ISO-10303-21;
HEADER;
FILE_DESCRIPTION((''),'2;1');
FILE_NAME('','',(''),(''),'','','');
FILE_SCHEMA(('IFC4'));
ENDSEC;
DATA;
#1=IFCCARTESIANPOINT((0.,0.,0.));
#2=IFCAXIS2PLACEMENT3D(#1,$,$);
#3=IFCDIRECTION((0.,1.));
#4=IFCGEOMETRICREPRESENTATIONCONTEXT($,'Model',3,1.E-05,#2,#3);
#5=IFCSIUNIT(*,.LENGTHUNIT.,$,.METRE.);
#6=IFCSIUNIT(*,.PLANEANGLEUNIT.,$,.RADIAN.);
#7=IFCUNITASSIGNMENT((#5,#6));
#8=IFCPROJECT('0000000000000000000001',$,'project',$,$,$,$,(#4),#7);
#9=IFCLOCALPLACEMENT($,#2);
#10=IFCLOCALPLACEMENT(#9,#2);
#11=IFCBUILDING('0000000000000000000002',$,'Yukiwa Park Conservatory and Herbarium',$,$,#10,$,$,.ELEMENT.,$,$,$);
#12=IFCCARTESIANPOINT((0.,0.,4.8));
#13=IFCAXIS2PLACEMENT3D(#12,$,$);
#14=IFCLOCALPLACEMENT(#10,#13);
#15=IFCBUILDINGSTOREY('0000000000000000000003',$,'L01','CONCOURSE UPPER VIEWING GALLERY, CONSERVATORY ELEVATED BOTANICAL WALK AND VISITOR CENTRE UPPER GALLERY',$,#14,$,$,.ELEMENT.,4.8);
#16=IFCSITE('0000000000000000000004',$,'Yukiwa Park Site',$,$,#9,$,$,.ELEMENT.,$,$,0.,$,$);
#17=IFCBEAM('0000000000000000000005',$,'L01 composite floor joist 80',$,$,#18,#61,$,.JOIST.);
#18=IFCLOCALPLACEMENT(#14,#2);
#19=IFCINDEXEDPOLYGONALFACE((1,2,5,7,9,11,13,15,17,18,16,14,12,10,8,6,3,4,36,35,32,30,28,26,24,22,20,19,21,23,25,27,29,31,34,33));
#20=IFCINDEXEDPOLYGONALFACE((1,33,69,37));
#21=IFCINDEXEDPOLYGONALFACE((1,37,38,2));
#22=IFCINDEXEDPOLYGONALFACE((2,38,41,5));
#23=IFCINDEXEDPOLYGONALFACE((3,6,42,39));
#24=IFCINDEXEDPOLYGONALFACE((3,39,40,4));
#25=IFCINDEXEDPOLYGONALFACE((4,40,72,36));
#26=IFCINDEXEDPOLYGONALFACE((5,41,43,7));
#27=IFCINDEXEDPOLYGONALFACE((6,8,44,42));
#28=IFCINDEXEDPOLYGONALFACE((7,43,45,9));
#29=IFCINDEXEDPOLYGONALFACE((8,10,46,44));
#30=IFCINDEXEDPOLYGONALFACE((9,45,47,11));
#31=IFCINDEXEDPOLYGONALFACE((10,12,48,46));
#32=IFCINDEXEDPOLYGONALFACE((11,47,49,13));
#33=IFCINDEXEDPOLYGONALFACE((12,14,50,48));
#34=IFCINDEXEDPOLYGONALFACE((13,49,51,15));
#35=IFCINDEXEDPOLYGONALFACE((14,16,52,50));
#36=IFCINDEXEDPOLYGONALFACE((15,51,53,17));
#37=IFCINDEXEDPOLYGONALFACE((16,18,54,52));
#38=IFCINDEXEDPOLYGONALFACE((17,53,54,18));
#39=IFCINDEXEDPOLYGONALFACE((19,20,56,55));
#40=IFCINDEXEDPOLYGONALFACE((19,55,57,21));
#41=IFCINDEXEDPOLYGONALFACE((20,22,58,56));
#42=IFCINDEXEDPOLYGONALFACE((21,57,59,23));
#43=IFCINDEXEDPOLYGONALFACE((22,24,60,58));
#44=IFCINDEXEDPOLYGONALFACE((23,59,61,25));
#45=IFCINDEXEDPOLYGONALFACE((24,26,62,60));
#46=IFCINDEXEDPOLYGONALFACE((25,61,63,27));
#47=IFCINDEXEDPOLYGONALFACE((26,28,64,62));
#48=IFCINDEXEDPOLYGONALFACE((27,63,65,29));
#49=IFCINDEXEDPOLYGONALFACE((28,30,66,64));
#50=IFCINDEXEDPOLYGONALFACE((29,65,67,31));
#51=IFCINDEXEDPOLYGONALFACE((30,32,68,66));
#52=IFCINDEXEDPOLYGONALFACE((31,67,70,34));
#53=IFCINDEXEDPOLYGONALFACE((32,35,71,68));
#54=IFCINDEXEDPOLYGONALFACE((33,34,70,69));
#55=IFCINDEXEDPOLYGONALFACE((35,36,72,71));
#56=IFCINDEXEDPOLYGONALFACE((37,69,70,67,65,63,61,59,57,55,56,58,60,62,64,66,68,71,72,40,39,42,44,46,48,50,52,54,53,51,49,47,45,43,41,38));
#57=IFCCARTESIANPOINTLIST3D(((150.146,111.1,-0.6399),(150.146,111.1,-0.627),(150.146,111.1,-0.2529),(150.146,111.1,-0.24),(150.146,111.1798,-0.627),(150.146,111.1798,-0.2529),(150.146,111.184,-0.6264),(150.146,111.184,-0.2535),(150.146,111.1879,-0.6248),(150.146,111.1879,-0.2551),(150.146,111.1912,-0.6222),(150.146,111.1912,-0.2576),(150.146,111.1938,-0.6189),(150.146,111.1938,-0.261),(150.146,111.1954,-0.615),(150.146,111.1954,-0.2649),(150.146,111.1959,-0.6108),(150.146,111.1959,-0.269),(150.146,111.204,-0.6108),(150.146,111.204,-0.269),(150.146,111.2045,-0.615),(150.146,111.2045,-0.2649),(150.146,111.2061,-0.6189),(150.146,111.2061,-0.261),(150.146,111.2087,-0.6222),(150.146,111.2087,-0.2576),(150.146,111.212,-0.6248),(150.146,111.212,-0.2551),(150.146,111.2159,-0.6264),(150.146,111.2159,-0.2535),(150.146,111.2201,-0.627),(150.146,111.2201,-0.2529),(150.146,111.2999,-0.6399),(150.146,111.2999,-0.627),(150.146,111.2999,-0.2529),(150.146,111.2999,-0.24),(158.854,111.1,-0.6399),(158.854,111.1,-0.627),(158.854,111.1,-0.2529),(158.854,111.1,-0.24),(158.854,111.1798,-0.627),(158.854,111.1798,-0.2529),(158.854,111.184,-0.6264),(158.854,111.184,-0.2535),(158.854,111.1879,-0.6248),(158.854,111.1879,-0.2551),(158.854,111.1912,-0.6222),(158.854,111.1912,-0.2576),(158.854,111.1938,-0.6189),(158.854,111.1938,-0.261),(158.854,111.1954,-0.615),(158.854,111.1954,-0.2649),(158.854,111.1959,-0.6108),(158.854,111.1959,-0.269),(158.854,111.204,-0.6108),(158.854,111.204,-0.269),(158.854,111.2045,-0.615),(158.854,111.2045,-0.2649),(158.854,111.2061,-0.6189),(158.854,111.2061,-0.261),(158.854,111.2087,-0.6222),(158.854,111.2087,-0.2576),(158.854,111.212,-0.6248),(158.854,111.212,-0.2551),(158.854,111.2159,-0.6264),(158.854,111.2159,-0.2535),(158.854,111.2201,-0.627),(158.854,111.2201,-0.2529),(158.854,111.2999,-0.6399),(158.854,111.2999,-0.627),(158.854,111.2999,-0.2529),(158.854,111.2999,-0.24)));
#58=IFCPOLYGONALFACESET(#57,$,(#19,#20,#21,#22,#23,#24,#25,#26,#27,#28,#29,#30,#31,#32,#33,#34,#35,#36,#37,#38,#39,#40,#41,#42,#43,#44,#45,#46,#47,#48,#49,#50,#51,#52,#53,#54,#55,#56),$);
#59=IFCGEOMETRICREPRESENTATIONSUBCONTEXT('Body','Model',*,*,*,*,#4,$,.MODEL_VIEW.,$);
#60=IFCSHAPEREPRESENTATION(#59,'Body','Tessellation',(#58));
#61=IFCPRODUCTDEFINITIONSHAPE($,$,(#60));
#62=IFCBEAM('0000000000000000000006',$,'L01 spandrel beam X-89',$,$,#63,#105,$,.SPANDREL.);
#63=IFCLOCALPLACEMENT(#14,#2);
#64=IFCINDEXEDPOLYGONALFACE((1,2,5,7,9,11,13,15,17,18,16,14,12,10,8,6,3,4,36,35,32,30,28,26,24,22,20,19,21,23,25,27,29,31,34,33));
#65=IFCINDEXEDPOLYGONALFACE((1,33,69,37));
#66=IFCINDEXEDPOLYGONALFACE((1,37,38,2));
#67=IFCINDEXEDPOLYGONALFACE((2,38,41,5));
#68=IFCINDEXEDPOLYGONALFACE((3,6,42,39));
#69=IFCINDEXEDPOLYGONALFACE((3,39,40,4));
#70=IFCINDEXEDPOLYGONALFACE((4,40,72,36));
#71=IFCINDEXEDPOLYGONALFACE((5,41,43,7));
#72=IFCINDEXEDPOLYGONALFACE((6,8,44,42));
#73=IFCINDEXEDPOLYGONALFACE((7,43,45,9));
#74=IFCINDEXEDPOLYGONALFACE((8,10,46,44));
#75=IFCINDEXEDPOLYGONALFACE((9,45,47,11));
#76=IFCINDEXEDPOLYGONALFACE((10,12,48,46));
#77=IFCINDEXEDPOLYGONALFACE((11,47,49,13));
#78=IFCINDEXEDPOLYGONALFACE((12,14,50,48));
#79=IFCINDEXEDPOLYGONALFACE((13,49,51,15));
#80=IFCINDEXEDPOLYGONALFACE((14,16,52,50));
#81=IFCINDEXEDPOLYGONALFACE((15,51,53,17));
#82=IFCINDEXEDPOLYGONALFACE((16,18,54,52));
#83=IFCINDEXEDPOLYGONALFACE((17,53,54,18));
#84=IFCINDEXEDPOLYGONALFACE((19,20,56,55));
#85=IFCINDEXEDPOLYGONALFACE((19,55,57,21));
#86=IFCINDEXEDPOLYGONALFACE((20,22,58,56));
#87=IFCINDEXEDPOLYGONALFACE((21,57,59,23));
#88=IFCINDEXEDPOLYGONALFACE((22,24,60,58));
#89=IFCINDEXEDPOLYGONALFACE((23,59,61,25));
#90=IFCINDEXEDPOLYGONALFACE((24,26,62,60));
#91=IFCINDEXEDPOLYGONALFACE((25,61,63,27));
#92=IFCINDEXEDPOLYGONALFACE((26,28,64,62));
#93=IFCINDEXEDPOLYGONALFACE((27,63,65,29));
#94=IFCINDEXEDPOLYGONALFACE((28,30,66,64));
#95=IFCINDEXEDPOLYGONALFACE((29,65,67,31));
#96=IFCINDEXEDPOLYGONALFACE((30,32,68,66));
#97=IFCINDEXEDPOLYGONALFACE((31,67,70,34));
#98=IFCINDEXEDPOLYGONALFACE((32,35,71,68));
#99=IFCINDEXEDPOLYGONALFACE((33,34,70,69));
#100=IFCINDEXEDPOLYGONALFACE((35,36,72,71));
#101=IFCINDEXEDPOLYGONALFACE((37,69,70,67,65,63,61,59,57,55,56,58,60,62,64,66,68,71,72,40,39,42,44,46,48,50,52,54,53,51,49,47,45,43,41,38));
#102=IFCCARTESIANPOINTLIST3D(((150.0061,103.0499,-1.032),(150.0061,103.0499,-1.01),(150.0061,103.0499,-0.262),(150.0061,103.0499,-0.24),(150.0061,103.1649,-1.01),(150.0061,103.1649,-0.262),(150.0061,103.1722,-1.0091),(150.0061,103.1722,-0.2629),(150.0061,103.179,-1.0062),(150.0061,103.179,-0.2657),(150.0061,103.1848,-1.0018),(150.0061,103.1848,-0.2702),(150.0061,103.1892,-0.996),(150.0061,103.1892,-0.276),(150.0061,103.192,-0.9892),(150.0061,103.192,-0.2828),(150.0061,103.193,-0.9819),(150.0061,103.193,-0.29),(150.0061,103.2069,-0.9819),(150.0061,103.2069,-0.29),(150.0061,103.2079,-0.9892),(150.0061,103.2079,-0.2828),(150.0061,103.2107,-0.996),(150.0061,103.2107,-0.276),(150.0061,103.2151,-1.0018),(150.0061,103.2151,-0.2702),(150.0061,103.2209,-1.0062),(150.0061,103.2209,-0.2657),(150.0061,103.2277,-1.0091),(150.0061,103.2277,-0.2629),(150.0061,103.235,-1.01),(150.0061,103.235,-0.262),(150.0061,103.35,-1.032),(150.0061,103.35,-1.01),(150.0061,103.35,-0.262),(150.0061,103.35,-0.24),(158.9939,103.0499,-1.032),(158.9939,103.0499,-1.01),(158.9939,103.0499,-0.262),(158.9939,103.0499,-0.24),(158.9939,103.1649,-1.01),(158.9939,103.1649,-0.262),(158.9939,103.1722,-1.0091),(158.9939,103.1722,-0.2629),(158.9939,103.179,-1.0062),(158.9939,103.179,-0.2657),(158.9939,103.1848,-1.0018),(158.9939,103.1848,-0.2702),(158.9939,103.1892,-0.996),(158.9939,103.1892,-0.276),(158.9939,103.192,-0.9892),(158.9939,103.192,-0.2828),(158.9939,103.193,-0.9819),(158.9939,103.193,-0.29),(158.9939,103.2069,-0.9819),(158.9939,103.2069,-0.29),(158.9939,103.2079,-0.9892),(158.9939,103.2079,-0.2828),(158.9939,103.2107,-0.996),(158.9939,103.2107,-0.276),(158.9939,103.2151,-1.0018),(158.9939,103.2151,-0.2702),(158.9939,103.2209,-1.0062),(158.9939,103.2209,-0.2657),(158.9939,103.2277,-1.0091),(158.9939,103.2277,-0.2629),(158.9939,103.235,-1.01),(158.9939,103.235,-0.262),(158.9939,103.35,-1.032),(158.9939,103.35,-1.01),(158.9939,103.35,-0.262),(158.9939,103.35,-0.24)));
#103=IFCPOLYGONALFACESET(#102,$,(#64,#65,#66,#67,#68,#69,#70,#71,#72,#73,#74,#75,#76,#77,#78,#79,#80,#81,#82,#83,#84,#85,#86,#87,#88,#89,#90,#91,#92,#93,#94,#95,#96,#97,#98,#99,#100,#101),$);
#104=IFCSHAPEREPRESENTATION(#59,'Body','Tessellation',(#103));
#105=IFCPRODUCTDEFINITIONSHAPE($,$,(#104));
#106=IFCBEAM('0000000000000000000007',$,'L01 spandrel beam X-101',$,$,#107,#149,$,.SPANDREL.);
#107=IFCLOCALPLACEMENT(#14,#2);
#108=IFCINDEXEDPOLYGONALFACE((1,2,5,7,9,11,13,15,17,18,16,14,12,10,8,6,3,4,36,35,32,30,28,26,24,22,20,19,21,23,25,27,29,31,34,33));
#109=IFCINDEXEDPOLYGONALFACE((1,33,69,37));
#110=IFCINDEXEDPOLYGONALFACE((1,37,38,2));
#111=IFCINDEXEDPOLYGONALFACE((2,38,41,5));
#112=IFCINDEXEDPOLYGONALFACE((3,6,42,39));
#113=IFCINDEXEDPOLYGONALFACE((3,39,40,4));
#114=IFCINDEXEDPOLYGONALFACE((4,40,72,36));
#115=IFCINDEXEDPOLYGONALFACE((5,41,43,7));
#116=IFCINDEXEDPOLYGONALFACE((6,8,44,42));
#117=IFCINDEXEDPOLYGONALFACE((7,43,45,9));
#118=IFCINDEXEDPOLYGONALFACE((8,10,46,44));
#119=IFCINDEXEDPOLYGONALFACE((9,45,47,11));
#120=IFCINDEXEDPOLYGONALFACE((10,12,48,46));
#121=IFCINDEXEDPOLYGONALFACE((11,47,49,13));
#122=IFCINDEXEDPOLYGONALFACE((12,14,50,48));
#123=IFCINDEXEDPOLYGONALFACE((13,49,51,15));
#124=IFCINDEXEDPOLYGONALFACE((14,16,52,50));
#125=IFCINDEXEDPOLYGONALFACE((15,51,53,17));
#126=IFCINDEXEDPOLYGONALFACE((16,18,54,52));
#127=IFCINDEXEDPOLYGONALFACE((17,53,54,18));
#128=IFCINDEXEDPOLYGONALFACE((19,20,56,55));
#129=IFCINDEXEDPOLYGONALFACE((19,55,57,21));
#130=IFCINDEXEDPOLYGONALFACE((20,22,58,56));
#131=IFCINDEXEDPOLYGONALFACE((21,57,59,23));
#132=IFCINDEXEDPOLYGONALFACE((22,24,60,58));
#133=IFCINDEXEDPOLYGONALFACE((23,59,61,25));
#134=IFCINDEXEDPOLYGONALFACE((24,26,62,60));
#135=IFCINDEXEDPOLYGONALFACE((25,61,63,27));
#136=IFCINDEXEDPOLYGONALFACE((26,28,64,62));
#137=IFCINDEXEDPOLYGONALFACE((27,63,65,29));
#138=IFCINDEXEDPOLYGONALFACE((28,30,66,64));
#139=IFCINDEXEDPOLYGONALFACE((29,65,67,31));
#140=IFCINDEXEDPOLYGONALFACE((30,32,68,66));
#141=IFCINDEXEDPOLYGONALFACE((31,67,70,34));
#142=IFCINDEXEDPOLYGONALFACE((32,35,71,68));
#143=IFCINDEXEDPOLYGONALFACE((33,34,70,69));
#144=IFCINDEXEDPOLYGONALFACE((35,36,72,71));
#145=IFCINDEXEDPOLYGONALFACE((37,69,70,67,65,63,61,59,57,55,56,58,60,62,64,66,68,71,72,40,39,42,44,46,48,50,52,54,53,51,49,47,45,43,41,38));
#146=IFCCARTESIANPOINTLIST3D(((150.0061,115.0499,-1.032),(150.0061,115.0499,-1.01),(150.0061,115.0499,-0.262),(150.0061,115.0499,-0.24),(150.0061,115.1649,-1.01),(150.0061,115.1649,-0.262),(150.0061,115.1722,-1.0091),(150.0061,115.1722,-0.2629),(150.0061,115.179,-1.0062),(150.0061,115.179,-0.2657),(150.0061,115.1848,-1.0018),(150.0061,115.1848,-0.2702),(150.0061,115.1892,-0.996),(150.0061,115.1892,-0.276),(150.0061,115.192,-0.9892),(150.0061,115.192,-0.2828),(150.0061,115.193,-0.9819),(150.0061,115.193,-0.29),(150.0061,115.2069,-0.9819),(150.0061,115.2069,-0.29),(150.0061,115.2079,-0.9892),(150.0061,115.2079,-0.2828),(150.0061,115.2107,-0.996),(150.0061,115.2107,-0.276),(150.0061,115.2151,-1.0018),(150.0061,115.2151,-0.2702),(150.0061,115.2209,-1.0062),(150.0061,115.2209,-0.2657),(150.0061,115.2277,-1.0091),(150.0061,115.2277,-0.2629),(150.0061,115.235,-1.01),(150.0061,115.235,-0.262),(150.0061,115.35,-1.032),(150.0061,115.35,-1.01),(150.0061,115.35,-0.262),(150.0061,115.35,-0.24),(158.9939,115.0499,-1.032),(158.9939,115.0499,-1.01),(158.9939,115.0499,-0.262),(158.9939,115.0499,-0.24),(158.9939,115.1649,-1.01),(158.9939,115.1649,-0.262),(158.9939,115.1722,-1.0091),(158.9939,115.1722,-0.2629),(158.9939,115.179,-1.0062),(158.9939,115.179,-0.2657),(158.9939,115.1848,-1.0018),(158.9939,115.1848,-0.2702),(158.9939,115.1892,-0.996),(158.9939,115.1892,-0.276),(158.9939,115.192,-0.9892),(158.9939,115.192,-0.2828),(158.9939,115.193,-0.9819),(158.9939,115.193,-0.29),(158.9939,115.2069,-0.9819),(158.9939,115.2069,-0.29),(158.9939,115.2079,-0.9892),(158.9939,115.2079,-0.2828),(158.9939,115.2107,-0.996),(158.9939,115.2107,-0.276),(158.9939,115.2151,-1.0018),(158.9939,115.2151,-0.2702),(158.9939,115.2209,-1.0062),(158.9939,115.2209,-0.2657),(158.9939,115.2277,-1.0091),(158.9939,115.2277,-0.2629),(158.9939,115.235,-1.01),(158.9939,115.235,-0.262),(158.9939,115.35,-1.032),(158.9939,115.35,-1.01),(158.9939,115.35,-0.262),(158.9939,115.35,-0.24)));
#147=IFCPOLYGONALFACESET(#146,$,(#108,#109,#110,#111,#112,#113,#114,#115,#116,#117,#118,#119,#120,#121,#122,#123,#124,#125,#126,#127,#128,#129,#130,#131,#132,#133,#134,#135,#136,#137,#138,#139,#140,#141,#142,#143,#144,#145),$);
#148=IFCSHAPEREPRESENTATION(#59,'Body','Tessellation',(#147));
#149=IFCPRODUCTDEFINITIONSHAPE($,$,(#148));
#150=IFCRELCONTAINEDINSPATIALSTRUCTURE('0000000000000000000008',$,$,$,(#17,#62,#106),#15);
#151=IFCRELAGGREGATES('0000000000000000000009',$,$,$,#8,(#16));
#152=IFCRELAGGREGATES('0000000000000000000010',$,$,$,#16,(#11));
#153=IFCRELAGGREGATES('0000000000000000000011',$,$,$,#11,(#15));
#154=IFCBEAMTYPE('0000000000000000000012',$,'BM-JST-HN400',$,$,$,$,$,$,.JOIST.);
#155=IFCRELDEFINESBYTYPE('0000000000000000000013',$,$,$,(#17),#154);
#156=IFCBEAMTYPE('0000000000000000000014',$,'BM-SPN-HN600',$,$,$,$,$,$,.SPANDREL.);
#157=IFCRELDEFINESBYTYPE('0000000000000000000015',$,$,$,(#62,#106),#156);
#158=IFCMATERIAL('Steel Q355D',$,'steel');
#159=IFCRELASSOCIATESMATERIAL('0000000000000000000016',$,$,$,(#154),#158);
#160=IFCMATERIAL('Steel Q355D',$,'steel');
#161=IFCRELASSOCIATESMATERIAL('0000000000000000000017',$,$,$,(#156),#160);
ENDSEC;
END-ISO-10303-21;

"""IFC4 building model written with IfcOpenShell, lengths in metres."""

from ifc_helpers import new_model, si_unit, direction, frame, origin, origin_2d, place, context, subcontext, project, spatial, i_section, extrude, material, material_profile, profile_set, type_object, element, save


model = new_model("IFC4")

# Units and contexts
model_context = context("Model", 3, precision=1e-05, world=origin(), true_north=direction((0.0, 1.0)))
body_context = subcontext(model_context, "Body", "Model", "MODEL_VIEW")
ifc_project = project(units=[si_unit("LENGTHUNIT", "METRE"), si_unit("PLANEANGLEUNIT", "RADIAN")], contexts=[model_context])

# Site, building, storey
site_placement = place(None, origin())
site = spatial("IfcSite", under=ifc_project, at=site_placement, Name="Yukiwa Park Site", CompositionType="ELEMENT", RefElevation=0.0)
building_placement = place(site_placement, origin())
building = spatial("IfcBuilding", under=site, at=building_placement, Name="Yukiwa Park Conservatory and Herbarium", CompositionType="ELEMENT")
storey_placement = place(building_placement, frame((0.0, 0.0, 4.8)))
storey = spatial("IfcBuildingStorey", under=building, at=storey_placement, Name="L01", Description="CONCOURSE UPPER VIEWING GALLERY, CONSERVATORY ELEVATED BOTANICAL WALK AND VISITOR CENTRE UPPER GALLERY", CompositionType="ELEMENT", Elevation=4.8)

# Beams
ifc_material_1 = material(Name="Steel Q355D", Category="steel")
ifc_material_profile_1 = material_profile(ifc_material_1, i_section(OverallWidth=0.2, OverallDepth=0.3999, WebThickness=0.0081, FlangeThickness=0.0129, FilletRadius=0.0161, at=origin_2d()), Name="HN 400x200x8x13")
ifc_profile_set_1 = profile_set([ifc_material_profile_1], Name="Steel Q355D")
beam_type_1 = type_object("IfcBeamType", Name="BM-JST-HN400", PredefinedType="JOIST", material=ifc_profile_set_1)
for number, where, z_axis, x_axis, name in (
    (1, (150.146, 111.2, -0.4399), (1.0, 0.0, 0.0), (0.0, 1.0, 0.0), "L01 composite floor joist 80"),
):
    element("IfcBeam", number, at=place(storey_placement, frame(where, z_axis=z_axis, x_axis=x_axis)), inside=storey, type_object=beam_type_1, Name=name, PredefinedType="JOIST", context=body_context, shape_type="SweptSolid", body=[
        extrude(i_section(OverallWidth=0.2, OverallDepth=0.3999, WebThickness=0.0081, FlangeThickness=0.0129, FilletRadius=0.0161, at=origin_2d()), origin(), (0.0, 0.0, 1.0), 8.708),
    ])
ifc_material_2 = material(Name="Steel Q355D", Category="steel")
ifc_material_profile_2 = material_profile(ifc_material_2, i_section(OverallWidth=0.3, OverallDepth=0.792, WebThickness=0.0139, FlangeThickness=0.022, FilletRadius=0.0281, at=origin_2d()), Name="HN 792x300x14x22")
ifc_profile_set_2 = profile_set([ifc_material_profile_2], Name="Steel Q355D")
beam_type_2 = type_object("IfcBeamType", Name="BM-SPN-HN600", PredefinedType="SPANDREL", material=ifc_profile_set_2)
for number, where, z_axis, x_axis, name in (
    (2, (150.0061, 103.2, -0.636), (1.0, 0.0, 0.0), (0.0, 1.0, 0.0), "L01 spandrel beam X-89"),
    (3, (150.0061, 115.2, -0.636), (1.0, 0.0, 0.0), (0.0, 1.0, 0.0), "L01 spandrel beam X-101"),
):
    element("IfcBeam", number, at=place(storey_placement, frame(where, z_axis=z_axis, x_axis=x_axis)), inside=storey, type_object=beam_type_2, Name=name, PredefinedType="SPANDREL", context=body_context, shape_type="SweptSolid", body=[
        extrude(i_section(OverallWidth=0.3, OverallDepth=0.792, WebThickness=0.0139, FlangeThickness=0.022, FilletRadius=0.0281, at=origin_2d()), origin(), (0.0, 0.0, 1.0), 8.9878),
    ])

save(model, "model.ifc")
